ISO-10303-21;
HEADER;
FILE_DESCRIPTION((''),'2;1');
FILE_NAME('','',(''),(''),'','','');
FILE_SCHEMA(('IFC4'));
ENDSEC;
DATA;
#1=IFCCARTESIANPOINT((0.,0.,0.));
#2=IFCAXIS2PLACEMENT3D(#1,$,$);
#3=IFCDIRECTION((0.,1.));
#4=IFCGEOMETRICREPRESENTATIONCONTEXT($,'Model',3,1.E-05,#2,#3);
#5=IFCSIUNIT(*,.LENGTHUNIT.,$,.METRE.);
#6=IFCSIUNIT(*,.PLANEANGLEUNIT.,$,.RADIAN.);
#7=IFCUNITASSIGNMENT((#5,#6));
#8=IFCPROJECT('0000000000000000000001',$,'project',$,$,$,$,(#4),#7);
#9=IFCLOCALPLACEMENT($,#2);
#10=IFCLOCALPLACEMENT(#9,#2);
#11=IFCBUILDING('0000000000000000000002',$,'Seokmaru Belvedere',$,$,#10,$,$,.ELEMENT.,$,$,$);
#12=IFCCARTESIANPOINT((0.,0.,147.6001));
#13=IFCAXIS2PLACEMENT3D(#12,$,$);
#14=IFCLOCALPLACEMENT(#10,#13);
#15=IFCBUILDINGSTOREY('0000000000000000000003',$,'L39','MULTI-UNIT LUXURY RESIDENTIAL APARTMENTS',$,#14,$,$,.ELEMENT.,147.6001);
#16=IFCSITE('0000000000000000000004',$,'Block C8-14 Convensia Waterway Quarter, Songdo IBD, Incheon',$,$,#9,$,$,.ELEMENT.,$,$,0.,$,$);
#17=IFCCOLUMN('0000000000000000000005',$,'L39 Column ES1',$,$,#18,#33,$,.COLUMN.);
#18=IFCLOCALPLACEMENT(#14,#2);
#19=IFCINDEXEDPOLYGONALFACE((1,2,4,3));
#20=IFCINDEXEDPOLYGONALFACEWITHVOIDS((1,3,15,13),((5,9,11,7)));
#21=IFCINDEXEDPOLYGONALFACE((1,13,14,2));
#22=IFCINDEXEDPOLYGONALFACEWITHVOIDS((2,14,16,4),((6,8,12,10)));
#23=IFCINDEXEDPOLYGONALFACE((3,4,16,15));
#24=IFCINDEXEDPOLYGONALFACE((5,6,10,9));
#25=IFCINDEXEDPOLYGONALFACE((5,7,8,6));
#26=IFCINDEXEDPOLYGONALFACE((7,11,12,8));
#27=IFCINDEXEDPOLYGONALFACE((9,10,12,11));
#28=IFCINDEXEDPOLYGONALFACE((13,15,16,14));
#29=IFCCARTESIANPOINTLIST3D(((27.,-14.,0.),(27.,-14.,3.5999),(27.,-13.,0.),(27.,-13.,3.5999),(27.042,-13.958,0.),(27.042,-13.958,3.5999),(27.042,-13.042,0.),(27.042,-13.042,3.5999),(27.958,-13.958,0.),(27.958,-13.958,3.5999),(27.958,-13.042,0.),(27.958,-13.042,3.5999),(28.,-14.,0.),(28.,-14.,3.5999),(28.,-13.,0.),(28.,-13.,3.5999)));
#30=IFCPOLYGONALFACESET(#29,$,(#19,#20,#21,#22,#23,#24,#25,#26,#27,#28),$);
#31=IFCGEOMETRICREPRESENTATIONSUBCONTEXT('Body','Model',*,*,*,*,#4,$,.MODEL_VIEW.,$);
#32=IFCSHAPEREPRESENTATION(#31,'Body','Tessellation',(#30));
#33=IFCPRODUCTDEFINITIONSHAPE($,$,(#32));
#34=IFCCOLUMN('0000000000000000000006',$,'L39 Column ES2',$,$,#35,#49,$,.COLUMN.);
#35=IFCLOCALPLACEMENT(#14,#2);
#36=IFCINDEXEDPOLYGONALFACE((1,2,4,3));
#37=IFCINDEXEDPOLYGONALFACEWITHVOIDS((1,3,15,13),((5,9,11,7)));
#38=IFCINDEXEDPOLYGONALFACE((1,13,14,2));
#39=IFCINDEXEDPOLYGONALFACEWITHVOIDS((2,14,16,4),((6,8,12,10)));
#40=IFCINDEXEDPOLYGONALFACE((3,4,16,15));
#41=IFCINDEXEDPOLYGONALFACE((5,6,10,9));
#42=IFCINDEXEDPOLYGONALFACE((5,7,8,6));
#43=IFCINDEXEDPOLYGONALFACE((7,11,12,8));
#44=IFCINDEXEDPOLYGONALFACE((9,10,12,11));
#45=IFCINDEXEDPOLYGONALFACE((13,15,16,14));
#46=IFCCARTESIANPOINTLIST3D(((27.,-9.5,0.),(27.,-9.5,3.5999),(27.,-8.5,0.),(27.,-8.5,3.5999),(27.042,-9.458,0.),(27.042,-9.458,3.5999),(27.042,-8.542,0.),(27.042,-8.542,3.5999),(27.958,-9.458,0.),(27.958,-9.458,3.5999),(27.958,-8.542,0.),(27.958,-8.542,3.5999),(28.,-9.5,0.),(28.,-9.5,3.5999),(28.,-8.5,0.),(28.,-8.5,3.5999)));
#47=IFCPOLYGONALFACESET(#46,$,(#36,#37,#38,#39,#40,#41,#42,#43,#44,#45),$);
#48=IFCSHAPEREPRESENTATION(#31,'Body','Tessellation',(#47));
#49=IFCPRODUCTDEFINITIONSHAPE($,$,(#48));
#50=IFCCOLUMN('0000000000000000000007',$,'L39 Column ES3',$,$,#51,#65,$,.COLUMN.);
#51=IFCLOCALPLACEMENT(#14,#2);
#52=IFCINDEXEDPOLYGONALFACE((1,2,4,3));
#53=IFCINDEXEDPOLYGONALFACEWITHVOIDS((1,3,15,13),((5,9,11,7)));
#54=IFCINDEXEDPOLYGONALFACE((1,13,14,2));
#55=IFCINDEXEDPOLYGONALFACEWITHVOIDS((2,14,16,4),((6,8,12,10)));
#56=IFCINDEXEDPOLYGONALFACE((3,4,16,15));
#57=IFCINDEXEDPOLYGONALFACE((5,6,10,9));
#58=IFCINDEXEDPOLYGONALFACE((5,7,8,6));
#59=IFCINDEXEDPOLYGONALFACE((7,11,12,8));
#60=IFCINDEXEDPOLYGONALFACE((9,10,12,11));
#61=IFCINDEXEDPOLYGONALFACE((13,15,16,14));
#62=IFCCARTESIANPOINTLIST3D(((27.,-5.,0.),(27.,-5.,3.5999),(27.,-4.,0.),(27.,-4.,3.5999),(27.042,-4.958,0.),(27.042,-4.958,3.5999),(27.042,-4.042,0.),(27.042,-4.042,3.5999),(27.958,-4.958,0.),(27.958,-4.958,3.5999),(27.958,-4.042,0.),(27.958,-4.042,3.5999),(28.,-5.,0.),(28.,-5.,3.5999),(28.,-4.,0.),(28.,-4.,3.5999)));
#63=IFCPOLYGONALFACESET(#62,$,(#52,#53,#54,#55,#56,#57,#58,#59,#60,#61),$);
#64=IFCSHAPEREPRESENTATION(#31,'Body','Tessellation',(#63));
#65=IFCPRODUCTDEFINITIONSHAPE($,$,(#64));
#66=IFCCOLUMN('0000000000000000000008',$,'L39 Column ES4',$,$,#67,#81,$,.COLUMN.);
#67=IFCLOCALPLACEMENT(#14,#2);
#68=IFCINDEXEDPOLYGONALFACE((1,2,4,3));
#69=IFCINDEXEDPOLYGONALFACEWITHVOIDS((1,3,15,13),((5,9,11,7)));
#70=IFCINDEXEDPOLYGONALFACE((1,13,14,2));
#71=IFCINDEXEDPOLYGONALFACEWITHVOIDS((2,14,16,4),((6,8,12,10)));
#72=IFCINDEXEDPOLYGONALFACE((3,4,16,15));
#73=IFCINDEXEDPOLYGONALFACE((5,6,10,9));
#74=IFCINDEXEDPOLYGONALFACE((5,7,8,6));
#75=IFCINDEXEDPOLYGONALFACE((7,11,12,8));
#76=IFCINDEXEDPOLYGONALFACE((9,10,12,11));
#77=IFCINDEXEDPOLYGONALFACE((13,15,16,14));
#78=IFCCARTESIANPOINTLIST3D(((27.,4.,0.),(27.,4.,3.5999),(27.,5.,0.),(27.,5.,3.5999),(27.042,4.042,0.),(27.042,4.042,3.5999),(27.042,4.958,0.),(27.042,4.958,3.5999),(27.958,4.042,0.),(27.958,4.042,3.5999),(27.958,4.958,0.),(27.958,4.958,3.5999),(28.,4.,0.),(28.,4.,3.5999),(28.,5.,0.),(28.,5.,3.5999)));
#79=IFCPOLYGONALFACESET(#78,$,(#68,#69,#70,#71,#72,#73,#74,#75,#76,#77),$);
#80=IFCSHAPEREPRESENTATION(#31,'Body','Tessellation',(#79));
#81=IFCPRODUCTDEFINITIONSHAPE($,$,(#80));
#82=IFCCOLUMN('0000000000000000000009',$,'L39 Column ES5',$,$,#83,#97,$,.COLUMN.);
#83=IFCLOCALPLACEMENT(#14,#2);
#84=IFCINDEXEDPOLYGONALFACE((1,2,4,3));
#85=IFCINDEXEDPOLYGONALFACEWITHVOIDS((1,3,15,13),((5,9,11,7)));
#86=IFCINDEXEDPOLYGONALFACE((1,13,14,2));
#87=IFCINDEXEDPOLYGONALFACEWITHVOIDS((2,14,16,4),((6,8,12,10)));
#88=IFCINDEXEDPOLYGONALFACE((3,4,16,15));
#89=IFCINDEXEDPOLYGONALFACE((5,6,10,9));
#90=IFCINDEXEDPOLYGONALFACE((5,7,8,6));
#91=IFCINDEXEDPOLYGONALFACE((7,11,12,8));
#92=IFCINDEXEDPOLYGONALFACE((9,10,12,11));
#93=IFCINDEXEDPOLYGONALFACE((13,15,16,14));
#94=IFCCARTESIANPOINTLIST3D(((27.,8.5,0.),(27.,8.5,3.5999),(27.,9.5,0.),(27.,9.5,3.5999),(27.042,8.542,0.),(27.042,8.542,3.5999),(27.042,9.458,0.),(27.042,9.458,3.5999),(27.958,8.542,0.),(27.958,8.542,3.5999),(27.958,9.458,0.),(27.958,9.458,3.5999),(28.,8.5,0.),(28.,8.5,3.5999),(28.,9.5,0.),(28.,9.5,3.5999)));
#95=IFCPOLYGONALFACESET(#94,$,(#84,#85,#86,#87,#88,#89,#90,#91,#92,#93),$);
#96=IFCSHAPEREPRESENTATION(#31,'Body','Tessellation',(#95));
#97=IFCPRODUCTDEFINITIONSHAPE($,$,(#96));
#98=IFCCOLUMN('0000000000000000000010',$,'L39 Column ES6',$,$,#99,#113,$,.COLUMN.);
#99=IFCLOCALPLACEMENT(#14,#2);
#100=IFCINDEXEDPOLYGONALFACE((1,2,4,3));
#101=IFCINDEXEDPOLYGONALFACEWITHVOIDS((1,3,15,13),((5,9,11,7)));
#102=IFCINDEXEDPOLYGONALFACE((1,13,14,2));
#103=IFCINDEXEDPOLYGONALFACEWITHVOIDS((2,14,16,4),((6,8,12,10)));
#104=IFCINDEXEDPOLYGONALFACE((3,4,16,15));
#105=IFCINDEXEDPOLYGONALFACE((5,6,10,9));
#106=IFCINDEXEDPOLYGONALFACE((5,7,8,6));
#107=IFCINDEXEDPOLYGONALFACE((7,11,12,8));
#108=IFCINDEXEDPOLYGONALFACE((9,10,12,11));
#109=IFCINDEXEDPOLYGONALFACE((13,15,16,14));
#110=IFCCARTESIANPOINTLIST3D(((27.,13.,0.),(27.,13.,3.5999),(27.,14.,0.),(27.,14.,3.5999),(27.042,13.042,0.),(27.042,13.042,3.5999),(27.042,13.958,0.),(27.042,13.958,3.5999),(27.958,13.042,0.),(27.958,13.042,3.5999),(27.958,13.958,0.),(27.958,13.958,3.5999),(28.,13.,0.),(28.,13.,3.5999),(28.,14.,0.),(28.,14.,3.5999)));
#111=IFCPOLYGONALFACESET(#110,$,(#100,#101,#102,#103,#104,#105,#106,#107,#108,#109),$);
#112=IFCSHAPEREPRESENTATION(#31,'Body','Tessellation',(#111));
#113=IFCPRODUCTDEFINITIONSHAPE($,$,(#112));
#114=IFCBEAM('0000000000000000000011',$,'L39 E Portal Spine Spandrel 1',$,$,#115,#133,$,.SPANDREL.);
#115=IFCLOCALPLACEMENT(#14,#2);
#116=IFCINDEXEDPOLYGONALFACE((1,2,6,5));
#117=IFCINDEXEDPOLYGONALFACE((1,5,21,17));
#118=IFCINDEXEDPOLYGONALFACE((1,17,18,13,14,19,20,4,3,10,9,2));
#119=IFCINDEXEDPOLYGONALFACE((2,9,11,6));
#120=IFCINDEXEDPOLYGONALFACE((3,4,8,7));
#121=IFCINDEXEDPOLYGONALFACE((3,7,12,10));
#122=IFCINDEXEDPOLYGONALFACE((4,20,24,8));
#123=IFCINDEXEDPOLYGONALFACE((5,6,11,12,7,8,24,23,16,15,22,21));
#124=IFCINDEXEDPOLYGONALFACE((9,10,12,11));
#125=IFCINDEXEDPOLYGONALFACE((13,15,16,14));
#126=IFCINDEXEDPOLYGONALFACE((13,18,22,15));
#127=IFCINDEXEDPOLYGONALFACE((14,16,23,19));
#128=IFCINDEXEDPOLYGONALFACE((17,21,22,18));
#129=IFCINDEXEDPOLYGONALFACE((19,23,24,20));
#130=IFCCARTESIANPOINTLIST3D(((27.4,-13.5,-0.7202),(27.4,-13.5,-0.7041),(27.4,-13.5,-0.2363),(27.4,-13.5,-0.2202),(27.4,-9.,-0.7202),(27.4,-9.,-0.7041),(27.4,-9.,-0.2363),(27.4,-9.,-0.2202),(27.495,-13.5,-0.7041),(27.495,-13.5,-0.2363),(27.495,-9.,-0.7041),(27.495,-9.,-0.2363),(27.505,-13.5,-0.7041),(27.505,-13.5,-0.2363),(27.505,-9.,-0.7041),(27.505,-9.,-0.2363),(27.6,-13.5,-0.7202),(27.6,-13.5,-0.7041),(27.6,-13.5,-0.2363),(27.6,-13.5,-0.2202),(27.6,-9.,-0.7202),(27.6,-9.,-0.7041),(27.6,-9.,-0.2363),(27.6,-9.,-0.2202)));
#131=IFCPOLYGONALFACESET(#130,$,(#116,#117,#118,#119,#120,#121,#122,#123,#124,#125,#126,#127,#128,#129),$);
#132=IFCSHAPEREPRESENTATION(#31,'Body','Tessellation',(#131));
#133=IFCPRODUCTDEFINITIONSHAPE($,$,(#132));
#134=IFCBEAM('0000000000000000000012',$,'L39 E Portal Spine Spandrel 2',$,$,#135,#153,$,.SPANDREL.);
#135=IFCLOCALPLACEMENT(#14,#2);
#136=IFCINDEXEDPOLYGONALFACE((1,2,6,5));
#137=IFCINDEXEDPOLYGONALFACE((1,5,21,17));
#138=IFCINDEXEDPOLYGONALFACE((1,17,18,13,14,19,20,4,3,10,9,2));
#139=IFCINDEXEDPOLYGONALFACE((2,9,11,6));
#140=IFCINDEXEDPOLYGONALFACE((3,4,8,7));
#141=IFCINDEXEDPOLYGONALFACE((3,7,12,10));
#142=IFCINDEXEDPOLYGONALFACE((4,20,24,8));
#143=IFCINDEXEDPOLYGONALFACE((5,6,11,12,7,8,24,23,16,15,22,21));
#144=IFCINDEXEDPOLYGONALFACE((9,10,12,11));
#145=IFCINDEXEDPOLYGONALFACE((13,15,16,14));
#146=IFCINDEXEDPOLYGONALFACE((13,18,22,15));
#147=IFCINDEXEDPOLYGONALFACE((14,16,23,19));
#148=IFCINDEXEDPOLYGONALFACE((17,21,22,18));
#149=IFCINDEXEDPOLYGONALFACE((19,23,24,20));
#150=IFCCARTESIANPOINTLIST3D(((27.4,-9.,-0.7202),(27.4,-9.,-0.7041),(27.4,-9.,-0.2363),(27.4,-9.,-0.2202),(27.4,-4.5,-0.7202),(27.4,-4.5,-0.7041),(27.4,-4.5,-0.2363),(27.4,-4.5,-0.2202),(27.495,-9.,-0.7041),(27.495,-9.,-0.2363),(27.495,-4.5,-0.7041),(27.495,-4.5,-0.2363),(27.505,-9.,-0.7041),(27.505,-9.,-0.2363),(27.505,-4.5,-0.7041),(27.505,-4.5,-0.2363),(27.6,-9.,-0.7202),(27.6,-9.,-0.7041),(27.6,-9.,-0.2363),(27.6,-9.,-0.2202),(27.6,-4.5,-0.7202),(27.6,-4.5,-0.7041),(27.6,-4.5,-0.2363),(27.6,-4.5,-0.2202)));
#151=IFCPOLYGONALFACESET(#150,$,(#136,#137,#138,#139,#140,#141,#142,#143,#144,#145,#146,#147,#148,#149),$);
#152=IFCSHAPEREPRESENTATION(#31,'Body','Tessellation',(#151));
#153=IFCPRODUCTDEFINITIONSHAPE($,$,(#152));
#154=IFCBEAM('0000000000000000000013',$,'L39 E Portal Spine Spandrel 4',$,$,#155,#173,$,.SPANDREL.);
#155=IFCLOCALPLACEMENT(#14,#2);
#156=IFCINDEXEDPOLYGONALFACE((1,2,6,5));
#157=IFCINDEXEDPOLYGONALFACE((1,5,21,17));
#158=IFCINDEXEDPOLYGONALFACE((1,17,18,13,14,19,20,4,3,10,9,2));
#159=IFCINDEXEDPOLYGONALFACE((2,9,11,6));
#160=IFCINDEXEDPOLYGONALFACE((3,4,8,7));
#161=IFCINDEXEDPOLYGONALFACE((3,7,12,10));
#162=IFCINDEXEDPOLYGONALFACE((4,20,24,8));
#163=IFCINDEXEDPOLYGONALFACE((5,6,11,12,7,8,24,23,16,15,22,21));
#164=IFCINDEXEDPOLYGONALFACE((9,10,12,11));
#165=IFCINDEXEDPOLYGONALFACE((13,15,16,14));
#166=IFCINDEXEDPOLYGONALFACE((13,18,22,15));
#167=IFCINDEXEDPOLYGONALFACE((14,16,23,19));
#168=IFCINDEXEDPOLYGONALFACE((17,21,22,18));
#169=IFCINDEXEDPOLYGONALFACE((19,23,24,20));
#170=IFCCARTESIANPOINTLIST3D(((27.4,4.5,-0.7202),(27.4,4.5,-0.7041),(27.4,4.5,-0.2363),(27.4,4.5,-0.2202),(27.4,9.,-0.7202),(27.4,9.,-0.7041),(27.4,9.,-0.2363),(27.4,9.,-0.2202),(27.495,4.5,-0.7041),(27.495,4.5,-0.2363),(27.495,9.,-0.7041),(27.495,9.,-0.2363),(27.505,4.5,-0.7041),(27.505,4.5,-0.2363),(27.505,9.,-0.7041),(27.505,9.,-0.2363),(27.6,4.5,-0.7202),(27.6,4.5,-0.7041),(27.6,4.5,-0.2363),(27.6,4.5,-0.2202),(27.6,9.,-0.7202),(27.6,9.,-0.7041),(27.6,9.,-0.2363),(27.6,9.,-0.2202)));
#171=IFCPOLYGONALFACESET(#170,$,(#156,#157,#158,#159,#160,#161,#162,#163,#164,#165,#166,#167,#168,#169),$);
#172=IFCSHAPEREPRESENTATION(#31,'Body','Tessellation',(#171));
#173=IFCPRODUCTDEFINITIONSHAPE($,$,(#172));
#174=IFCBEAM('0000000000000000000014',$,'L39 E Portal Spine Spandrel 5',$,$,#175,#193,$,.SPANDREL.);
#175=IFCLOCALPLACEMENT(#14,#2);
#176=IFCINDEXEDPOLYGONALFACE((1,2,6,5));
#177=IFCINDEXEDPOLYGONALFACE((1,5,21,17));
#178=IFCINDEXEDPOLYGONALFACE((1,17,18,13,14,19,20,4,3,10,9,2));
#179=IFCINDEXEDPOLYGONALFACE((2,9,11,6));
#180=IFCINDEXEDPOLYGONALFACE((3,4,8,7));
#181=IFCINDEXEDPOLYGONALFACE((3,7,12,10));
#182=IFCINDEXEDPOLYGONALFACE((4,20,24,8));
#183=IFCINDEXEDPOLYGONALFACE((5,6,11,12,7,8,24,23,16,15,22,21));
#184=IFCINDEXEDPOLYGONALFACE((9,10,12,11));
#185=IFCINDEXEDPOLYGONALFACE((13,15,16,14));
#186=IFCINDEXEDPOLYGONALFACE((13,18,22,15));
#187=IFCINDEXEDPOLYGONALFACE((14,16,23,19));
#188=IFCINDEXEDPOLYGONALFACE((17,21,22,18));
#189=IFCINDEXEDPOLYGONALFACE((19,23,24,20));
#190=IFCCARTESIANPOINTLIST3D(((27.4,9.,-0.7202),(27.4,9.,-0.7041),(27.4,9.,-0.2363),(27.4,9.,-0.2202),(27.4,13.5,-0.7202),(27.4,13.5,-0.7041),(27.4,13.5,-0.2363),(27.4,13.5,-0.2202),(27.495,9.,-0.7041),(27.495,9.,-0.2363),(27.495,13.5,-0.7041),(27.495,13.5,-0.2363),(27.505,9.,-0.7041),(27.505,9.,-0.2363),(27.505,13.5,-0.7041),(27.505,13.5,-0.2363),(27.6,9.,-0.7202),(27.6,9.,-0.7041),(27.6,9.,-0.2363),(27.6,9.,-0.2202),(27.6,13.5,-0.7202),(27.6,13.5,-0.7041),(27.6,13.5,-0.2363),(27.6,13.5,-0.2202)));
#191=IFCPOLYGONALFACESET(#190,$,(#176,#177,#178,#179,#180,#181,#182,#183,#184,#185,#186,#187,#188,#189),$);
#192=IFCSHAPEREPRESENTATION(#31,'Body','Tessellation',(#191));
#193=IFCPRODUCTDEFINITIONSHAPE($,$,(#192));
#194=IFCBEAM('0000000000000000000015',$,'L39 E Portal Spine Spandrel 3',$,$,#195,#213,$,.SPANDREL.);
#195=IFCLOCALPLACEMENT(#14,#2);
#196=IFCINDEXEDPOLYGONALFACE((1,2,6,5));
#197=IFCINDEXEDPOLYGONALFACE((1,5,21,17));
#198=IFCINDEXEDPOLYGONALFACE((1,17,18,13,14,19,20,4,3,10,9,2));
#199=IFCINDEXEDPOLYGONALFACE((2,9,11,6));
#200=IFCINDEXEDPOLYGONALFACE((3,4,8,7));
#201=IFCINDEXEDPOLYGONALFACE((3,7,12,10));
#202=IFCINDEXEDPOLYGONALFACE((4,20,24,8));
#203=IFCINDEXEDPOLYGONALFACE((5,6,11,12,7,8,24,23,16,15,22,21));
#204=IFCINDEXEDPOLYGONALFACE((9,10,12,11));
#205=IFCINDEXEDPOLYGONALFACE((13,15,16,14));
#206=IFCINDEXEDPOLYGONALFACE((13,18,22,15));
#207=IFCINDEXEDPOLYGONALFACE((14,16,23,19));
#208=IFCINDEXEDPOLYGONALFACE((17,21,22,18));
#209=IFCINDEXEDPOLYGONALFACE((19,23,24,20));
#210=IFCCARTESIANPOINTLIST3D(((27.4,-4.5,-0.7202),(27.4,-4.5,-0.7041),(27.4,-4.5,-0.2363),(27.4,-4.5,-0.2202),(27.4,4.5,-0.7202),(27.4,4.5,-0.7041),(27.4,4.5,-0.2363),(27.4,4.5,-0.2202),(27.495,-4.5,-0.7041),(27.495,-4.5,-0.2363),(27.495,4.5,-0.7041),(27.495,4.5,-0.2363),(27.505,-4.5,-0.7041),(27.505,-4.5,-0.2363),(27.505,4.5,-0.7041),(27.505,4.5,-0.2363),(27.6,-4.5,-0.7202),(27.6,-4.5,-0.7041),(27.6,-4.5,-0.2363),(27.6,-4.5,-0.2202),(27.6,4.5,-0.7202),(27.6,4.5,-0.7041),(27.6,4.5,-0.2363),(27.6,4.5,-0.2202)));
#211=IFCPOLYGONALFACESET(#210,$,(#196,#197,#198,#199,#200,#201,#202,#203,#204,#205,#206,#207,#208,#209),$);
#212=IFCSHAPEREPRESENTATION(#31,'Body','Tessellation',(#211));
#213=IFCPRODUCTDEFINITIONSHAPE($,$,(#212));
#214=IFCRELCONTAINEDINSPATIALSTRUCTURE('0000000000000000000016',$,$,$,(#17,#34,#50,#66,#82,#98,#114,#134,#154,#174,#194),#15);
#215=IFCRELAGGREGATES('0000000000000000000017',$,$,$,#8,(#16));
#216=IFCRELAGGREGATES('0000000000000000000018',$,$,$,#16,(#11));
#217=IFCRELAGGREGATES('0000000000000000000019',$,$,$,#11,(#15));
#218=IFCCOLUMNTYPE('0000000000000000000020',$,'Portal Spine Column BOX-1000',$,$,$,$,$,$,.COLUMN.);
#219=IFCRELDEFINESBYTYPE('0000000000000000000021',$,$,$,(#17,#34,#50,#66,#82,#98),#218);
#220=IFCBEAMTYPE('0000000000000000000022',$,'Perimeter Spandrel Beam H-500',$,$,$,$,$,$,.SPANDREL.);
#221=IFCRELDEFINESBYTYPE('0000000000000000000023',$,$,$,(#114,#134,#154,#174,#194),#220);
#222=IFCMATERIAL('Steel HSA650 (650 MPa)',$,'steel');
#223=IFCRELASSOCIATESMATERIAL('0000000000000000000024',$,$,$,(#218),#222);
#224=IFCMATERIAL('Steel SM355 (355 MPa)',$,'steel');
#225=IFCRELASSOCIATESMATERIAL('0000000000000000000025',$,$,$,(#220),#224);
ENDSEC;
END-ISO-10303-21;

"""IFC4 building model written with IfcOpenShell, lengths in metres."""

from ifc_helpers import new_model, si_unit, direction, frame, origin, origin_2d, place, context, subcontext, project, spatial, hollow_rectangle, i_section, extrude, source, transform, mapped, material, material_profile, profile_set, type_object, type_shapes, element, save


model = new_model("IFC4")

# Units and contexts
model_context = context("Model", 3, precision=1e-05, world=origin(), true_north=direction((0.0, 1.0)))
body_context = subcontext(model_context, "Body", "Model", "MODEL_VIEW")
ifc_project = project(units=[si_unit("LENGTHUNIT", "METRE"), si_unit("PLANEANGLEUNIT", "RADIAN")], contexts=[model_context])

# Site, building, storey
site_placement = place(None, origin())
site = spatial("IfcSite", under=ifc_project, at=site_placement, Name="Block C8-14 Convensia Waterway Quarter, Songdo IBD, Incheon", CompositionType="ELEMENT", RefElevation=0.0)
building_placement = place(site_placement, origin())
building = spatial("IfcBuilding", under=site, at=building_placement, Name="Seokmaru Belvedere", CompositionType="ELEMENT")
storey_placement = place(building_placement, frame((0.0, 0.0, 147.6001)))
storey = spatial("IfcBuildingStorey", under=building, at=storey_placement, Name="L39", Description="MULTI-UNIT LUXURY RESIDENTIAL APARTMENTS", CompositionType="ELEMENT", Elevation=147.6001)

# Columns
ifc_material_1 = material(Name="Steel HSA650 (650 MPa)", Category="steel")
ifc_material_profile_1 = material_profile(ifc_material_1, hollow_rectangle(XDim=1.0, YDim=1.0, WallThickness=0.042, at=origin_2d()), Name="BOX-1000x1000x42")
ifc_profile_set_1 = profile_set([ifc_material_profile_1], Name="Steel HSA650 (650 MPa)")
column_type = type_object("IfcColumnType", Name="Portal Spine Column BOX-1000", PredefinedType="COLUMN", material=ifc_profile_set_1)
shared_shape_1 = source(origin(), body_context, "Body", "SweptSolid", [
    extrude(hollow_rectangle(XDim=1.0, YDim=1.0, WallThickness=0.042, at=origin_2d()), origin(), (0.0, 0.0, 1.0), 3.5999),
])
type_shapes(column_type, [shared_shape_1])
for number, where, z_axis, x_axis, name in (
    (1, (27.5, -13.5, 0.0), (0.0, 0.0, 1.0), (1.0, 0.0, 0.0), "L39 Column ES1"),
    (2, (27.5, -9.0, 0.0), (0.0, 0.0, 1.0), (1.0, 0.0, 0.0), "L39 Column ES2"),
    (3, (27.5, -4.5, 0.0), (0.0, 0.0, 1.0), (1.0, 0.0, 0.0), "L39 Column ES3"),
    (4, (27.5, 4.5, 0.0), (0.0, 0.0, 1.0), (1.0, 0.0, 0.0), "L39 Column ES4"),
    (5, (27.5, 9.0, 0.0), (0.0, 0.0, 1.0), (1.0, 0.0, 0.0), "L39 Column ES5"),
    (6, (27.5, 13.5, 0.0), (0.0, 0.0, 1.0), (1.0, 0.0, 0.0), "L39 Column ES6"),
):
    element("IfcColumn", number, at=place(storey_placement, frame(where, z_axis=z_axis, x_axis=x_axis)), inside=storey, type_object=column_type, Name=name, PredefinedType="COLUMN", context=body_context, shape_type="MappedRepresentation", body=[
        mapped(shared_shape_1, transform((0.0, 0.0, 0.0), scale=1.0)),
    ])

# Beams
ifc_material_2 = material(Name="Steel SM355 (355 MPa)", Category="steel")
ifc_material_profile_2 = material_profile(ifc_material_2, i_section(OverallWidth=0.2, OverallDepth=0.5, WebThickness=0.01, FlangeThickness=0.0161, at=origin_2d()), Name="H-500x200x10x16")
ifc_profile_set_2 = profile_set([ifc_material_profile_2], Name="Steel SM355 (355 MPa)")
beam_type_1 = type_object("IfcBeamType", Name="Perimeter Spandrel Beam H-500", PredefinedType="SPANDREL", material=ifc_profile_set_2)
shared_shape_2 = source(origin(), body_context, "Body", "SweptSolid", [
    extrude(i_section(OverallWidth=0.2, OverallDepth=0.5, WebThickness=0.01, FlangeThickness=0.0161, at=origin_2d()), origin(), (0.0, 0.0, 1.0), 4.5),
])
for number, where, z_axis, x_axis, name in (
    (7, (27.5, -13.5, -0.4702), (0.0, 1.0, 0.0), (-1.0, 0.0, 0.0), "L39 E Portal Spine Spandrel 1"),
    (8, (27.5, -9.0, -0.4702), (0.0, 1.0, 0.0), (-1.0, 0.0, 0.0), "L39 E Portal Spine Spandrel 2"),
    (9, (27.5, 4.5, -0.4702), (0.0, 1.0, 0.0), (-1.0, 0.0, 0.0), "L39 E Portal Spine Spandrel 4"),
    (10, (27.5, 9.0, -0.4702), (0.0, 1.0, 0.0), (-1.0, 0.0, 0.0), "L39 E Portal Spine Spandrel 5"),
):
    element("IfcBeam", number, at=place(storey_placement, frame(where, z_axis=z_axis, x_axis=x_axis)), inside=storey, type_object=beam_type_1, Name=name, PredefinedType="SPANDREL", context=body_context, shape_type="MappedRepresentation", body=[
        mapped(shared_shape_2, transform((0.0, 0.0, 0.0), scale=1.0)),
    ])
shared_shape_3 = source(origin(), body_context, "Body", "SweptSolid", [
    extrude(i_section(OverallWidth=0.2, OverallDepth=0.5, WebThickness=0.01, FlangeThickness=0.0161, at=origin_2d()), origin(), (0.0, 0.0, 1.0), 9.0),
])
type_shapes(beam_type_1, [shared_shape_2, shared_shape_3])
beam_placement = place(storey_placement, frame((27.5, -4.5, -0.4702), z_axis=(0.0, 1.0, 0.0), x_axis=(-1.0, 0.0, 0.0)))
element("IfcBeam", 11, at=beam_placement, inside=storey, type_object=beam_type_1, Name="L39 E Portal Spine Spandrel 3", PredefinedType="SPANDREL", context=body_context, shape_type="MappedRepresentation", body=[
    mapped(shared_shape_3, transform((0.0, 0.0, 0.0), scale=1.0)),
])

save(model, "model.ifc")
